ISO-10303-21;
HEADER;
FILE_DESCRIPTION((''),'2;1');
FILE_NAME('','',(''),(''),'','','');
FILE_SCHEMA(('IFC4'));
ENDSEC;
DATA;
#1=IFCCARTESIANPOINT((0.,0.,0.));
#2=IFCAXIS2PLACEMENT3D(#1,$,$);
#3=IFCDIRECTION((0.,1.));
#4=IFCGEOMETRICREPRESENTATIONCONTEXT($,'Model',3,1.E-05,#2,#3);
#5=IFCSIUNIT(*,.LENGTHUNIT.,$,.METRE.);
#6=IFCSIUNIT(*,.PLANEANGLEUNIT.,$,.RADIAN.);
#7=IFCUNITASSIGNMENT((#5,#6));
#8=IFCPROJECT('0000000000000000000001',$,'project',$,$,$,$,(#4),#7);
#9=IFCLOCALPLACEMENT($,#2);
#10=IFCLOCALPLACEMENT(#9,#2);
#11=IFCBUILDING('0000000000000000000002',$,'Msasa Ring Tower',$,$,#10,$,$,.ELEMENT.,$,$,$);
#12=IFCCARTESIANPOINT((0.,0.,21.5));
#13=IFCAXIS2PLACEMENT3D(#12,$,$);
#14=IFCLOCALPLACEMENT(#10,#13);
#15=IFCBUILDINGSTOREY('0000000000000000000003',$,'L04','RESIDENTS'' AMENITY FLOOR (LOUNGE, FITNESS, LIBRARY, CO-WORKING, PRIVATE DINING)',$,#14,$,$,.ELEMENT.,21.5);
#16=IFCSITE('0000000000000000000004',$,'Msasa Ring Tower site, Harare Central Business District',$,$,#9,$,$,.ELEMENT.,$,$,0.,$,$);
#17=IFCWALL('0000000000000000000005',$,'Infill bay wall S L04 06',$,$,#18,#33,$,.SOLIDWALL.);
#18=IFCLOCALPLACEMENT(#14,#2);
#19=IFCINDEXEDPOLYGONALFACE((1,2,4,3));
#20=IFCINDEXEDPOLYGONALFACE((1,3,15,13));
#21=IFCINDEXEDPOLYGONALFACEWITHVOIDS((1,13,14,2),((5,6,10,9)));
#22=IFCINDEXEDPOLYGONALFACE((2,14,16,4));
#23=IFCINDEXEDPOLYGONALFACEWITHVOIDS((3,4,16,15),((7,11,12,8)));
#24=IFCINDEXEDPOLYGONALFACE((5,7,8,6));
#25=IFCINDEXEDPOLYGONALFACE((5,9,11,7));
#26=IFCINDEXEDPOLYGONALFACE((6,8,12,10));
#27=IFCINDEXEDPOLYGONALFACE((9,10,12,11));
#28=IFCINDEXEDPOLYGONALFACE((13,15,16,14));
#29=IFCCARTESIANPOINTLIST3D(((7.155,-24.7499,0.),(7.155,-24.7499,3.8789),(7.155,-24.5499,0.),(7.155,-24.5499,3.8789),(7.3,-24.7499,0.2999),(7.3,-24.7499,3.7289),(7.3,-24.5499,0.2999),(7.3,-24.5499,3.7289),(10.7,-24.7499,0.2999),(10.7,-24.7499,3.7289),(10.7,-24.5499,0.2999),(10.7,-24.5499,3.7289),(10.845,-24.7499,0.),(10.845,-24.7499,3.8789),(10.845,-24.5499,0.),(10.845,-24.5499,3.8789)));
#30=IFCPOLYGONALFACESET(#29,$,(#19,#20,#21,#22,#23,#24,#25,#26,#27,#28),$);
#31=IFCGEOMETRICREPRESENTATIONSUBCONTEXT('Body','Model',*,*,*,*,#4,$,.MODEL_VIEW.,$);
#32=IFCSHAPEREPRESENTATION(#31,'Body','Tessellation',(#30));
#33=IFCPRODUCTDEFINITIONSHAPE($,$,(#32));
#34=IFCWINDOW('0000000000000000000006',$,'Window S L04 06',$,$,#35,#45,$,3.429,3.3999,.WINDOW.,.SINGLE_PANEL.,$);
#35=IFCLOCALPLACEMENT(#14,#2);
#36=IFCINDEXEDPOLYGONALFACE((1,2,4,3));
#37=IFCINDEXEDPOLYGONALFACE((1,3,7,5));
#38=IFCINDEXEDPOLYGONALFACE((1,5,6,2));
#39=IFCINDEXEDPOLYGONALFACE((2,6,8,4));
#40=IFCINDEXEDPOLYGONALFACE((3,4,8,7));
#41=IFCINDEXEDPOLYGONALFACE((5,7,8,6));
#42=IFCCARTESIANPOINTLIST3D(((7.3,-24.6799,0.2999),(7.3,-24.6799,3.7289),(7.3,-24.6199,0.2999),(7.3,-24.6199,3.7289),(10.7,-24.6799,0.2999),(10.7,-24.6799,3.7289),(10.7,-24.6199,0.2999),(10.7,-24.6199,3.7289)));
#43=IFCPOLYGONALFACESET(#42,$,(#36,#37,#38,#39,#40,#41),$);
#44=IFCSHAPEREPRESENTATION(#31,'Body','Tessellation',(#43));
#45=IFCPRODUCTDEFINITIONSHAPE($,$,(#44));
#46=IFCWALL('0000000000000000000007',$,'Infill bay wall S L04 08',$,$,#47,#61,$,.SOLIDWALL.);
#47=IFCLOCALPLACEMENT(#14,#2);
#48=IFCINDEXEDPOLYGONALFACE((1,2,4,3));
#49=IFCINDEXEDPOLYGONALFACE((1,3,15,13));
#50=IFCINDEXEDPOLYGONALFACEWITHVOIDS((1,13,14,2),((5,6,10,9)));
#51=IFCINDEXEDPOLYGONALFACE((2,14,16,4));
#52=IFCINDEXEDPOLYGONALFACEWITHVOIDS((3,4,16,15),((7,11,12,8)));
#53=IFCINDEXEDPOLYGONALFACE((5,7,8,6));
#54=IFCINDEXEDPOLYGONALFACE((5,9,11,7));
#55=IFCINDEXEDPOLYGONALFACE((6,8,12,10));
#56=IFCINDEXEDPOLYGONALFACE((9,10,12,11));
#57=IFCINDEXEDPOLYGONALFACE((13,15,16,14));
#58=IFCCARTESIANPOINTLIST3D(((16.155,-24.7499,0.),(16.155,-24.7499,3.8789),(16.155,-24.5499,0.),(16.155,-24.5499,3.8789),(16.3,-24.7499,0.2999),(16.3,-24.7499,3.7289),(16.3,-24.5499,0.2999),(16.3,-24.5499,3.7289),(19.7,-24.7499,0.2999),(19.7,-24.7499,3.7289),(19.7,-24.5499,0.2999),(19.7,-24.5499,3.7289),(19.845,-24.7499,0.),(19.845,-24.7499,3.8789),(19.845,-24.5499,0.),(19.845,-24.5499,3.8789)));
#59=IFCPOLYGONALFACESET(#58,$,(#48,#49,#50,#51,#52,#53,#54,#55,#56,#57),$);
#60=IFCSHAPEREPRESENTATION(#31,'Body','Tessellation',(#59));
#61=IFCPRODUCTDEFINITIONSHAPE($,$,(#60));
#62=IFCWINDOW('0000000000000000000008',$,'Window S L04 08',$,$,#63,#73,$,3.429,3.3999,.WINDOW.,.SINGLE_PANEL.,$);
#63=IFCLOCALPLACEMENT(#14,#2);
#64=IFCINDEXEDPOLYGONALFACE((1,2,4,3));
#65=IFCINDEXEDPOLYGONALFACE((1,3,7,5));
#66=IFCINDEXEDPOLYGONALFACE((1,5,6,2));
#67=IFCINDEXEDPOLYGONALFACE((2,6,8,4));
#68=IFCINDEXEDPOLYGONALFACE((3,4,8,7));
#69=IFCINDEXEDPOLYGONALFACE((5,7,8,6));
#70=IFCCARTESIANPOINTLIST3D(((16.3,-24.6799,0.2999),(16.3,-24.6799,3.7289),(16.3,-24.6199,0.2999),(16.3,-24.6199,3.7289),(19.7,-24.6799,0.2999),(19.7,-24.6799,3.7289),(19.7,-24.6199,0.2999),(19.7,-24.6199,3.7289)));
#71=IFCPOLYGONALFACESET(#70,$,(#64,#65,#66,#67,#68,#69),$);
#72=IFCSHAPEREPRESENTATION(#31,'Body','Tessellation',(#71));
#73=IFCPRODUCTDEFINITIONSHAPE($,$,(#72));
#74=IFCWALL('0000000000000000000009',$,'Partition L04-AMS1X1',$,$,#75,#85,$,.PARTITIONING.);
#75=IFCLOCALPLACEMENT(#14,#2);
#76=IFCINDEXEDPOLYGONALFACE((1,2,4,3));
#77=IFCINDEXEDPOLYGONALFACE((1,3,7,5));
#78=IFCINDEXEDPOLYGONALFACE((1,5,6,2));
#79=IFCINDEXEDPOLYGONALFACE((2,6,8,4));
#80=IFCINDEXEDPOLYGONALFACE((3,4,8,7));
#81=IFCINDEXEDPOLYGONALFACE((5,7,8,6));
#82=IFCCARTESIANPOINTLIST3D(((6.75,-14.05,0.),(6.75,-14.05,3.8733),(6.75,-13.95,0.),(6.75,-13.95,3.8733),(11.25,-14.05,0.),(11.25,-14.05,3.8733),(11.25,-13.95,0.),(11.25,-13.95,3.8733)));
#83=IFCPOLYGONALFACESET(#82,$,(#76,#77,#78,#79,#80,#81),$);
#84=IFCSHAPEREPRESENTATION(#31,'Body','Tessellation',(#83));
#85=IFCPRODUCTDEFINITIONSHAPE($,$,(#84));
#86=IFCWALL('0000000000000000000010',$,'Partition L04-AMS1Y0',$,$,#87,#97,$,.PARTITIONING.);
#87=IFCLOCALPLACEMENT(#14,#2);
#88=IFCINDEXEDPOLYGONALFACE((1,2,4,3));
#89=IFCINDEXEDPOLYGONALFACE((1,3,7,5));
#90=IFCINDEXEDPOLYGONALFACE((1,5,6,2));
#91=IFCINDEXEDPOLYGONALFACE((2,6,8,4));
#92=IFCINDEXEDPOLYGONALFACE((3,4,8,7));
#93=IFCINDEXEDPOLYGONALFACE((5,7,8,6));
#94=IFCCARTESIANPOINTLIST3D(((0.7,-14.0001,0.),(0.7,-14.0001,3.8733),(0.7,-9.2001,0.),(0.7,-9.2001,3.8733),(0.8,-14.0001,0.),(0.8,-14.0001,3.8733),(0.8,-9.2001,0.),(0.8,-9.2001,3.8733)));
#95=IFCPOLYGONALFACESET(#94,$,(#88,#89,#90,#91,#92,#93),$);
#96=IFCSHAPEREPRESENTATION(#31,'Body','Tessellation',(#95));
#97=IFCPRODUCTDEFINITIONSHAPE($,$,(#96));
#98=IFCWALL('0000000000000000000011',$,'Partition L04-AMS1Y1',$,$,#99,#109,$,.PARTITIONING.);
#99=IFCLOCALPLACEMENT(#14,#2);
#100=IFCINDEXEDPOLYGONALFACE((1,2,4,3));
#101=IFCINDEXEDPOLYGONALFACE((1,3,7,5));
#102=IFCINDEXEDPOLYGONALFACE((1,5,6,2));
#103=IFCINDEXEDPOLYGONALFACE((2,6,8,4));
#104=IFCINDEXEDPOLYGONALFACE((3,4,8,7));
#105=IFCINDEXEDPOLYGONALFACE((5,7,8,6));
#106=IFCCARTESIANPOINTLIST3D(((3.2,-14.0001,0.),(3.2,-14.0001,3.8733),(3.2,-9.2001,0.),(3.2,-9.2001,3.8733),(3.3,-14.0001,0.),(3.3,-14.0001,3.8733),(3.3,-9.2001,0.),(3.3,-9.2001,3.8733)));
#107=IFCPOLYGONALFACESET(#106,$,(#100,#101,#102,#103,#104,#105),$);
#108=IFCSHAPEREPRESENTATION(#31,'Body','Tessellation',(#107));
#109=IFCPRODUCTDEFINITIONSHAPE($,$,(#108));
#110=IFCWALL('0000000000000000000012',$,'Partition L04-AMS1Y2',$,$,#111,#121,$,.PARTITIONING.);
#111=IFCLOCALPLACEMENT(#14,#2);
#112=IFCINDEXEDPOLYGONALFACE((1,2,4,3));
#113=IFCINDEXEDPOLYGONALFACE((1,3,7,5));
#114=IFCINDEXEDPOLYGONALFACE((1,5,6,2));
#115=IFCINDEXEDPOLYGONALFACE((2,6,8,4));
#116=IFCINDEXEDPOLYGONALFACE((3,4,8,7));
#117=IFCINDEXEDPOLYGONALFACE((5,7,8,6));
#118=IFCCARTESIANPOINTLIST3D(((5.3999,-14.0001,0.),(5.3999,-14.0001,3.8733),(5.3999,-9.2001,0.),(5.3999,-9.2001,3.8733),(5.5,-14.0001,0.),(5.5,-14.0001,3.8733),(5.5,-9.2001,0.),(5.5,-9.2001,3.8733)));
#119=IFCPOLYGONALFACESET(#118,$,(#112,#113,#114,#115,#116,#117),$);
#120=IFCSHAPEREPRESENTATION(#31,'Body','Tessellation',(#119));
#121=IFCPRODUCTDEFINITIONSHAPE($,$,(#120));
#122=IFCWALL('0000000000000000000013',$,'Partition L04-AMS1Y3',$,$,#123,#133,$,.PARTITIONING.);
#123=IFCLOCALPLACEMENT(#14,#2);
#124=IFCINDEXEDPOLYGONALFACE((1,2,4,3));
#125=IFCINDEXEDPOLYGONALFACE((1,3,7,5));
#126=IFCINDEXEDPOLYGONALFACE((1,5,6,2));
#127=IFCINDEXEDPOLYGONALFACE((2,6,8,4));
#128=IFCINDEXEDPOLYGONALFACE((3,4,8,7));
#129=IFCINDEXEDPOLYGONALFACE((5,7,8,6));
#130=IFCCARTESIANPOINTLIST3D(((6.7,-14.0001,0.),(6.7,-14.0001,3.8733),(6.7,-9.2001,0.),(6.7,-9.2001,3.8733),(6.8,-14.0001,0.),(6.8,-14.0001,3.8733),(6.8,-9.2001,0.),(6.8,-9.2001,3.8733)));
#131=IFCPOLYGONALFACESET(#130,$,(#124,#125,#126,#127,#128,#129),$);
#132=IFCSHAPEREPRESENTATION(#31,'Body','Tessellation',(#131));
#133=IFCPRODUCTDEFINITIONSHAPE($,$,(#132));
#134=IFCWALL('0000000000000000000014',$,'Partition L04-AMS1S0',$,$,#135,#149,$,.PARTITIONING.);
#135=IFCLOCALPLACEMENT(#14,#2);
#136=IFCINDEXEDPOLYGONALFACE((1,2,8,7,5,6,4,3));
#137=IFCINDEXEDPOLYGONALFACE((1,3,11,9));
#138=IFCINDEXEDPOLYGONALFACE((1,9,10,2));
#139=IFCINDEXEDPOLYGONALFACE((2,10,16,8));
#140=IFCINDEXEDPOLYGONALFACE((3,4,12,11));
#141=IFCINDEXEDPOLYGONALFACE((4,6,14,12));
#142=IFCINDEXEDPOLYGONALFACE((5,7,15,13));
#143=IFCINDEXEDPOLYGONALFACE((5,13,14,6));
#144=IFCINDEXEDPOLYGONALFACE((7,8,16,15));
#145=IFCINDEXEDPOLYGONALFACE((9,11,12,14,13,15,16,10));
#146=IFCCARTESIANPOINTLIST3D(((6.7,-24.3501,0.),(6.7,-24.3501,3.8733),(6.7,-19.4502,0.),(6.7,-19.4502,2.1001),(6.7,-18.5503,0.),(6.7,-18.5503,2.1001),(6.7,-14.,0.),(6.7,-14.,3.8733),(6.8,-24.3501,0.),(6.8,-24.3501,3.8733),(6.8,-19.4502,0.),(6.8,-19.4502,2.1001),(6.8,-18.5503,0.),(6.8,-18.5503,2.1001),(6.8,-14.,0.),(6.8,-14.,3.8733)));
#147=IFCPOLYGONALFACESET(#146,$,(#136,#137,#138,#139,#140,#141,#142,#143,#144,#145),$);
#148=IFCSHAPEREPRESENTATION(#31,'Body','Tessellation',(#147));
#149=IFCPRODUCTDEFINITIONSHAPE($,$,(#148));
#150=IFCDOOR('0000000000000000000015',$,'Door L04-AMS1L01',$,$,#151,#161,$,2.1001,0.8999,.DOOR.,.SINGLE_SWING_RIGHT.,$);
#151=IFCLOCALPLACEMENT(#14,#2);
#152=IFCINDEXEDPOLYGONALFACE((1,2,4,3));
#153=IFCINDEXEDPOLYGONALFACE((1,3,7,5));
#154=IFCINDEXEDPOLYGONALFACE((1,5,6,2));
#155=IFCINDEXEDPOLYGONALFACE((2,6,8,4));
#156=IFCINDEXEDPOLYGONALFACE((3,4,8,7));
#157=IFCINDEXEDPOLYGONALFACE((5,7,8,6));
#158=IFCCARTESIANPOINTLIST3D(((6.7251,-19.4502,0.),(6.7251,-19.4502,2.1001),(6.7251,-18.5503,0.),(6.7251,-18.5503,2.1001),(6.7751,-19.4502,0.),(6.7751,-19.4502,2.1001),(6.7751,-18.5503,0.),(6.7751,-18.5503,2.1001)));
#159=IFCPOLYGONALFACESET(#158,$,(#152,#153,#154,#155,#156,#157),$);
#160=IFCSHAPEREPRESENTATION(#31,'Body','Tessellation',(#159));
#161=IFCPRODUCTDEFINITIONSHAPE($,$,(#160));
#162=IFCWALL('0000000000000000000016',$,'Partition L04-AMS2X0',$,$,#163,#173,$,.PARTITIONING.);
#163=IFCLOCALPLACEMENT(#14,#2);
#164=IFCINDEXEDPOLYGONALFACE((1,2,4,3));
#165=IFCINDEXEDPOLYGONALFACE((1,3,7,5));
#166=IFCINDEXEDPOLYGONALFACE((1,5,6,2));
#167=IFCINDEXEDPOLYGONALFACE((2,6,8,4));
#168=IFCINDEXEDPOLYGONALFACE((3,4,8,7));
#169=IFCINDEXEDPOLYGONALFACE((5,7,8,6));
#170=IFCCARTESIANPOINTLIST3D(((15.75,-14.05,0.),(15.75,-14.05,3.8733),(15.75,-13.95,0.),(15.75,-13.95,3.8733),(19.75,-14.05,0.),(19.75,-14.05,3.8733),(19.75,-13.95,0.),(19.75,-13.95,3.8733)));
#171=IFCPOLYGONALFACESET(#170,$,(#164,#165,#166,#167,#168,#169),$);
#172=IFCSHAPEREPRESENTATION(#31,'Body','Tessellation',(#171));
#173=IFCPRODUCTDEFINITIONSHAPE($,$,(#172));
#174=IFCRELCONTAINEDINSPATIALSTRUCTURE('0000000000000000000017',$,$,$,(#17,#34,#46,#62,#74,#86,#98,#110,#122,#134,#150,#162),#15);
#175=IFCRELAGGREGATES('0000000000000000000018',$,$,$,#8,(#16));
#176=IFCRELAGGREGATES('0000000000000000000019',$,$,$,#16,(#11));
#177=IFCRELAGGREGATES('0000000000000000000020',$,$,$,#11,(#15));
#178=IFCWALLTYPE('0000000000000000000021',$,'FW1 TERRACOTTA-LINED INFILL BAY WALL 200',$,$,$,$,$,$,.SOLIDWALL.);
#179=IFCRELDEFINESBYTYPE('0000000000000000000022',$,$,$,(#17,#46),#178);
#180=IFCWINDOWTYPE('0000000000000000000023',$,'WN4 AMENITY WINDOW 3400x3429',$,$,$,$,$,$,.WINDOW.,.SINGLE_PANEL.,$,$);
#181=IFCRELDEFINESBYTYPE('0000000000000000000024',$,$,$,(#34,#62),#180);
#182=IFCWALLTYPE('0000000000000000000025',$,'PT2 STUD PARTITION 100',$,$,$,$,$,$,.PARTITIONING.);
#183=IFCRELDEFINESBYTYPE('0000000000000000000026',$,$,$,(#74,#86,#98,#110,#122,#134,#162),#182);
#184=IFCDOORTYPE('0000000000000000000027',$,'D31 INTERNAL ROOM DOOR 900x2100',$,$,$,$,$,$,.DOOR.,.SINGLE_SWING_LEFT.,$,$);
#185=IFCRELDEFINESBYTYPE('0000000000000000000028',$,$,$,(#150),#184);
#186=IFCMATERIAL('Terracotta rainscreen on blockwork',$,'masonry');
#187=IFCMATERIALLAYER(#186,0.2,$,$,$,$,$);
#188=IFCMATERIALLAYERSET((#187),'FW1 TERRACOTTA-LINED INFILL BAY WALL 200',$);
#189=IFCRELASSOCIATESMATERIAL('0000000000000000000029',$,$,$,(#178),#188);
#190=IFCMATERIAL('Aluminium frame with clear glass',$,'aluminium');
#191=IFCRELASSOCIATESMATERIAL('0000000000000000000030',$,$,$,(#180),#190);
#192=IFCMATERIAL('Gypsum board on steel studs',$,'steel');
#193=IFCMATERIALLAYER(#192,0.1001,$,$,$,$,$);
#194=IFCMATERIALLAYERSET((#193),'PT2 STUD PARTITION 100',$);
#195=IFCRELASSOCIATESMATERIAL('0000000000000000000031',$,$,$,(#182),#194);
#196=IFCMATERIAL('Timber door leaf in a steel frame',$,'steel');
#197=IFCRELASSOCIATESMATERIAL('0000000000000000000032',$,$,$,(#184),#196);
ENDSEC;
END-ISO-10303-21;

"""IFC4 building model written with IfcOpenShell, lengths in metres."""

from ifc_helpers import new_model, si_unit, direction, frame, frame_2d, origin, place, context, subcontext, project, spatial, rectangle, extrude, material, layer, layer_set, type_object, element, fill, save


model = new_model("IFC4")

# Units and contexts
model_context = context("Model", 3, precision=1e-05, world=origin(), true_north=direction((0.0, 1.0)))
body_context = subcontext(model_context, "Body", "Model", "MODEL_VIEW")
ifc_project = project(units=[si_unit("LENGTHUNIT", "METRE"), si_unit("PLANEANGLEUNIT", "RADIAN")], contexts=[model_context])

# Site, building, storey
site_placement = place(None, origin())
site = spatial("IfcSite", under=ifc_project, at=site_placement, Name="Msasa Ring Tower site, Harare Central Business District", CompositionType="ELEMENT", RefElevation=0.0)
building_placement = place(site_placement, origin())
building = spatial("IfcBuilding", under=site, at=building_placement, Name="Msasa Ring Tower", CompositionType="ELEMENT")
storey_placement = place(building_placement, frame((0.0, 0.0, 21.5)))
storey = spatial("IfcBuildingStorey", under=building, at=storey_placement, Name="L04", Description="RESIDENTS' AMENITY FLOOR (LOUNGE, FITNESS, LIBRARY, CO-WORKING, PRIVATE DINING)", CompositionType="ELEMENT", Elevation=21.5)

# Wall, opening, window
ifc_material_1 = material(Name="Terracotta rainscreen on blockwork", Category="masonry")
ifc_layer_1 = layer(ifc_material_1, 0.2)
ifc_layer_set_1 = layer_set([ifc_layer_1], Name="FW1 TERRACOTTA-LINED INFILL BAY WALL 200")
wall_type_1 = type_object("IfcWallType", Name="FW1 TERRACOTTA-LINED INFILL BAY WALL 200", PredefinedType="SOLIDWALL", material=ifc_layer_set_1)
ifc_material_2 = material(Name="Aluminium frame with clear glass", Category="aluminium")
window_type = type_object("IfcWindowType", Name="WN4 AMENITY WINDOW 3400x3429", PartitioningType="SINGLE_PANEL", PredefinedType="WINDOW", material=ifc_material_2)
wall_1_placement = place(storey_placement, frame((7.155, -24.6499, 0.0), z_axis=(0.0, 0.0, 1.0), x_axis=(1.0, 0.0, 0.0)))
wall_1 = element("IfcWall", 1, at=wall_1_placement, inside=storey, type_object=wall_type_1, Name="Infill bay wall S L04 06", PredefinedType="SOLIDWALL", context=body_context, shape_type="SweptSolid", body=[
    extrude(rectangle(XDim=3.6899, YDim=0.2, at=frame_2d((1.845, 0.0))), origin(), (0.0, 0.0, 1.0), 3.8789),
])
opening_1_placement = place(wall_1_placement, frame((0.145, 0.0, 0.3)))
opening_1 = element("IfcOpeningElement", 2, at=opening_1_placement, cuts=wall_1, PredefinedType="OPENING", context=body_context, shape_type="SweptSolid", body=[
    extrude(rectangle(XDim=3.3999, YDim=3.429, at=frame_2d((1.7, 1.7144))), frame((0.0, 0.1099, 0.0), z_axis=(0.0, -1.0, 0.0), x_axis=(1.0, 0.0, 0.0)), (0.0, 0.0, 1.0), 0.22),
])
window_1_placement = place(opening_1_placement, origin())
window_1 = element("IfcWindow", 3, at=window_1_placement, inside=storey, type_object=window_type, Name="Window S L04 06", OverallHeight=3.429, OverallWidth=3.3999, PartitioningType="SINGLE_PANEL", PredefinedType="WINDOW", context=body_context, shape_type="SweptSolid", body=[
    extrude(rectangle(XDim=3.3999, YDim=3.429, at=frame_2d((1.7, 1.7144))), frame((0.0, 0.03, 0.0), z_axis=(0.0, -1.0, 0.0), x_axis=(1.0, 0.0, 0.0)), (0.0, 0.0, 1.0), 0.0601),
])
fill(opening_1, window_1)

# Wall, opening, window
wall_2_placement = place(storey_placement, frame((16.155, -24.6499, 0.0), z_axis=(0.0, 0.0, 1.0), x_axis=(1.0, 0.0, 0.0)))
wall_2 = element("IfcWall", 4, at=wall_2_placement, inside=storey, type_object=wall_type_1, Name="Infill bay wall S L04 08", PredefinedType="SOLIDWALL", context=body_context, shape_type="SweptSolid", body=[
    extrude(rectangle(XDim=3.6899, YDim=0.2, at=frame_2d((1.845, 0.0))), origin(), (0.0, 0.0, 1.0), 3.8789),
])
opening_2_placement = place(wall_2_placement, frame((0.145, 0.0, 0.3)))
opening_2 = element("IfcOpeningElement", 5, at=opening_2_placement, cuts=wall_2, PredefinedType="OPENING", context=body_context, shape_type="SweptSolid", body=[
    extrude(rectangle(XDim=3.3999, YDim=3.429, at=frame_2d((1.7, 1.7144))), frame((0.0, 0.1099, 0.0), z_axis=(0.0, -1.0, 0.0), x_axis=(1.0, 0.0, 0.0)), (0.0, 0.0, 1.0), 0.22),
])
window_2_placement = place(opening_2_placement, origin())
window_2 = element("IfcWindow", 6, at=window_2_placement, inside=storey, type_object=window_type, Name="Window S L04 08", OverallHeight=3.429, OverallWidth=3.3999, PartitioningType="SINGLE_PANEL", PredefinedType="WINDOW", context=body_context, shape_type="SweptSolid", body=[
    extrude(rectangle(XDim=3.3999, YDim=3.429, at=frame_2d((1.7, 1.7144))), frame((0.0, 0.03, 0.0), z_axis=(0.0, -1.0, 0.0), x_axis=(1.0, 0.0, 0.0)), (0.0, 0.0, 1.0), 0.0601),
])
fill(opening_2, window_2)

# Walls
ifc_material_3 = material(Name="Gypsum board on steel studs", Category="steel")
ifc_layer_2 = layer(ifc_material_3, 0.1001)
ifc_layer_set_2 = layer_set([ifc_layer_2], Name="PT2 STUD PARTITION 100")
wall_type_2 = type_object("IfcWallType", Name="PT2 STUD PARTITION 100", PredefinedType="PARTITIONING", material=ifc_layer_set_2)
wall_3_placement = place(storey_placement, frame((6.75, -14.0, 0.0), z_axis=(0.0, 0.0, 1.0), x_axis=(1.0, 0.0, 0.0)))
element("IfcWall", 7, at=wall_3_placement, inside=storey, type_object=wall_type_2, Name="Partition L04-AMS1X1", PredefinedType="PARTITIONING", context=body_context, shape_type="SweptSolid", body=[
    extrude(rectangle(XDim=4.5, YDim=0.1001, at=frame_2d((2.25, 0.0))), origin(), (0.0, 0.0, 1.0), 3.8733),
])
for number, where, z_axis, x_axis, name in (
    (8, (0.75, -14.0, 0.0), (0.0, 0.0, 1.0), (0.0, 1.0, 0.0), "Partition L04-AMS1Y0"),
    (9, (3.25, -14.0, 0.0), (0.0, 0.0, 1.0), (0.0, 1.0, 0.0), "Partition L04-AMS1Y1"),
    (10, (5.45, -14.0, 0.0), (0.0, 0.0, 1.0), (0.0, 1.0, 0.0), "Partition L04-AMS1Y2"),
    (11, (6.75, -14.0, 0.0), (0.0, 0.0, 1.0), (0.0, 1.0, 0.0), "Partition L04-AMS1Y3"),
):
    element("IfcWall", number, at=place(storey_placement, frame(where, z_axis=z_axis, x_axis=x_axis)), inside=storey, type_object=wall_type_2, Name=name, PredefinedType="PARTITIONING", context=body_context, shape_type="SweptSolid", body=[
        extrude(rectangle(XDim=4.8, YDim=0.1001, at=frame_2d((2.3999, 0.0))), origin(), (0.0, 0.0, 1.0), 3.8733),
    ])

# Wall, opening, door
wall_4_placement = place(storey_placement, frame((6.75, -24.3501, 0.0), z_axis=(0.0, 0.0, 1.0), x_axis=(0.0, 1.0, 0.0)))
wall_4 = element("IfcWall", 12, at=wall_4_placement, inside=storey, type_object=wall_type_2, Name="Partition L04-AMS1S0", PredefinedType="PARTITIONING", context=body_context, shape_type="SweptSolid", body=[
    extrude(rectangle(XDim=10.3501, YDim=0.1001, at=frame_2d((5.175, 0.0))), origin(), (0.0, 0.0, 1.0), 3.8733),
])
opening_3_placement = place(wall_4_placement, frame((4.8999, 0.0, 0.0)))
opening_3 = element("IfcOpeningElement", 13, at=opening_3_placement, cuts=wall_4, PredefinedType="OPENING", context=body_context, shape_type="SweptSolid", body=[
    extrude(rectangle(XDim=0.8999, YDim=2.1001, at=frame_2d((0.45, 1.05))), frame((0.0, 0.0601, 0.0), z_axis=(0.0, -1.0, 0.0), x_axis=(1.0, 0.0, 0.0)), (0.0, 0.0, 1.0), 0.1201),
])
ifc_material_4 = material(Name="Timber door leaf in a steel frame", Category="steel")
door_type_1 = type_object("IfcDoorType", Name="D31 INTERNAL ROOM DOOR 900x2100", OperationType="SINGLE_SWING_LEFT", PredefinedType="DOOR", material=ifc_material_4)
door_1_placement = place(opening_3_placement, origin())
door_1 = element("IfcDoor", 14, at=door_1_placement, inside=storey, type_object=door_type_1, Name="Door L04-AMS1L01", OperationType="SINGLE_SWING_RIGHT", OverallHeight=2.1001, OverallWidth=0.8999, PredefinedType="DOOR", context=body_context, shape_type="SweptSolid", body=[
    extrude(rectangle(XDim=0.8999, YDim=2.1001, at=frame_2d((0.45, 1.05))), frame((0.0, 0.0249, 0.0), z_axis=(0.0, -1.0, 0.0), x_axis=(1.0, 0.0, 0.0)), (0.0, 0.0, 1.0), 0.05),
])
fill(opening_3, door_1)

# Wall
wall_5_placement = place(storey_placement, frame((15.75, -14.0, 0.0), z_axis=(0.0, 0.0, 1.0), x_axis=(1.0, 0.0, 0.0)))
element("IfcWall", 15, at=wall_5_placement, inside=storey, type_object=wall_type_2, Name="Partition L04-AMS2X0", PredefinedType="PARTITIONING", context=body_context, shape_type="SweptSolid", body=[
    extrude(rectangle(XDim=4.0, YDim=0.1001, at=frame_2d((2.0, 0.0))), origin(), (0.0, 0.0, 1.0), 3.8733),
])

save(model, "model.ifc")
